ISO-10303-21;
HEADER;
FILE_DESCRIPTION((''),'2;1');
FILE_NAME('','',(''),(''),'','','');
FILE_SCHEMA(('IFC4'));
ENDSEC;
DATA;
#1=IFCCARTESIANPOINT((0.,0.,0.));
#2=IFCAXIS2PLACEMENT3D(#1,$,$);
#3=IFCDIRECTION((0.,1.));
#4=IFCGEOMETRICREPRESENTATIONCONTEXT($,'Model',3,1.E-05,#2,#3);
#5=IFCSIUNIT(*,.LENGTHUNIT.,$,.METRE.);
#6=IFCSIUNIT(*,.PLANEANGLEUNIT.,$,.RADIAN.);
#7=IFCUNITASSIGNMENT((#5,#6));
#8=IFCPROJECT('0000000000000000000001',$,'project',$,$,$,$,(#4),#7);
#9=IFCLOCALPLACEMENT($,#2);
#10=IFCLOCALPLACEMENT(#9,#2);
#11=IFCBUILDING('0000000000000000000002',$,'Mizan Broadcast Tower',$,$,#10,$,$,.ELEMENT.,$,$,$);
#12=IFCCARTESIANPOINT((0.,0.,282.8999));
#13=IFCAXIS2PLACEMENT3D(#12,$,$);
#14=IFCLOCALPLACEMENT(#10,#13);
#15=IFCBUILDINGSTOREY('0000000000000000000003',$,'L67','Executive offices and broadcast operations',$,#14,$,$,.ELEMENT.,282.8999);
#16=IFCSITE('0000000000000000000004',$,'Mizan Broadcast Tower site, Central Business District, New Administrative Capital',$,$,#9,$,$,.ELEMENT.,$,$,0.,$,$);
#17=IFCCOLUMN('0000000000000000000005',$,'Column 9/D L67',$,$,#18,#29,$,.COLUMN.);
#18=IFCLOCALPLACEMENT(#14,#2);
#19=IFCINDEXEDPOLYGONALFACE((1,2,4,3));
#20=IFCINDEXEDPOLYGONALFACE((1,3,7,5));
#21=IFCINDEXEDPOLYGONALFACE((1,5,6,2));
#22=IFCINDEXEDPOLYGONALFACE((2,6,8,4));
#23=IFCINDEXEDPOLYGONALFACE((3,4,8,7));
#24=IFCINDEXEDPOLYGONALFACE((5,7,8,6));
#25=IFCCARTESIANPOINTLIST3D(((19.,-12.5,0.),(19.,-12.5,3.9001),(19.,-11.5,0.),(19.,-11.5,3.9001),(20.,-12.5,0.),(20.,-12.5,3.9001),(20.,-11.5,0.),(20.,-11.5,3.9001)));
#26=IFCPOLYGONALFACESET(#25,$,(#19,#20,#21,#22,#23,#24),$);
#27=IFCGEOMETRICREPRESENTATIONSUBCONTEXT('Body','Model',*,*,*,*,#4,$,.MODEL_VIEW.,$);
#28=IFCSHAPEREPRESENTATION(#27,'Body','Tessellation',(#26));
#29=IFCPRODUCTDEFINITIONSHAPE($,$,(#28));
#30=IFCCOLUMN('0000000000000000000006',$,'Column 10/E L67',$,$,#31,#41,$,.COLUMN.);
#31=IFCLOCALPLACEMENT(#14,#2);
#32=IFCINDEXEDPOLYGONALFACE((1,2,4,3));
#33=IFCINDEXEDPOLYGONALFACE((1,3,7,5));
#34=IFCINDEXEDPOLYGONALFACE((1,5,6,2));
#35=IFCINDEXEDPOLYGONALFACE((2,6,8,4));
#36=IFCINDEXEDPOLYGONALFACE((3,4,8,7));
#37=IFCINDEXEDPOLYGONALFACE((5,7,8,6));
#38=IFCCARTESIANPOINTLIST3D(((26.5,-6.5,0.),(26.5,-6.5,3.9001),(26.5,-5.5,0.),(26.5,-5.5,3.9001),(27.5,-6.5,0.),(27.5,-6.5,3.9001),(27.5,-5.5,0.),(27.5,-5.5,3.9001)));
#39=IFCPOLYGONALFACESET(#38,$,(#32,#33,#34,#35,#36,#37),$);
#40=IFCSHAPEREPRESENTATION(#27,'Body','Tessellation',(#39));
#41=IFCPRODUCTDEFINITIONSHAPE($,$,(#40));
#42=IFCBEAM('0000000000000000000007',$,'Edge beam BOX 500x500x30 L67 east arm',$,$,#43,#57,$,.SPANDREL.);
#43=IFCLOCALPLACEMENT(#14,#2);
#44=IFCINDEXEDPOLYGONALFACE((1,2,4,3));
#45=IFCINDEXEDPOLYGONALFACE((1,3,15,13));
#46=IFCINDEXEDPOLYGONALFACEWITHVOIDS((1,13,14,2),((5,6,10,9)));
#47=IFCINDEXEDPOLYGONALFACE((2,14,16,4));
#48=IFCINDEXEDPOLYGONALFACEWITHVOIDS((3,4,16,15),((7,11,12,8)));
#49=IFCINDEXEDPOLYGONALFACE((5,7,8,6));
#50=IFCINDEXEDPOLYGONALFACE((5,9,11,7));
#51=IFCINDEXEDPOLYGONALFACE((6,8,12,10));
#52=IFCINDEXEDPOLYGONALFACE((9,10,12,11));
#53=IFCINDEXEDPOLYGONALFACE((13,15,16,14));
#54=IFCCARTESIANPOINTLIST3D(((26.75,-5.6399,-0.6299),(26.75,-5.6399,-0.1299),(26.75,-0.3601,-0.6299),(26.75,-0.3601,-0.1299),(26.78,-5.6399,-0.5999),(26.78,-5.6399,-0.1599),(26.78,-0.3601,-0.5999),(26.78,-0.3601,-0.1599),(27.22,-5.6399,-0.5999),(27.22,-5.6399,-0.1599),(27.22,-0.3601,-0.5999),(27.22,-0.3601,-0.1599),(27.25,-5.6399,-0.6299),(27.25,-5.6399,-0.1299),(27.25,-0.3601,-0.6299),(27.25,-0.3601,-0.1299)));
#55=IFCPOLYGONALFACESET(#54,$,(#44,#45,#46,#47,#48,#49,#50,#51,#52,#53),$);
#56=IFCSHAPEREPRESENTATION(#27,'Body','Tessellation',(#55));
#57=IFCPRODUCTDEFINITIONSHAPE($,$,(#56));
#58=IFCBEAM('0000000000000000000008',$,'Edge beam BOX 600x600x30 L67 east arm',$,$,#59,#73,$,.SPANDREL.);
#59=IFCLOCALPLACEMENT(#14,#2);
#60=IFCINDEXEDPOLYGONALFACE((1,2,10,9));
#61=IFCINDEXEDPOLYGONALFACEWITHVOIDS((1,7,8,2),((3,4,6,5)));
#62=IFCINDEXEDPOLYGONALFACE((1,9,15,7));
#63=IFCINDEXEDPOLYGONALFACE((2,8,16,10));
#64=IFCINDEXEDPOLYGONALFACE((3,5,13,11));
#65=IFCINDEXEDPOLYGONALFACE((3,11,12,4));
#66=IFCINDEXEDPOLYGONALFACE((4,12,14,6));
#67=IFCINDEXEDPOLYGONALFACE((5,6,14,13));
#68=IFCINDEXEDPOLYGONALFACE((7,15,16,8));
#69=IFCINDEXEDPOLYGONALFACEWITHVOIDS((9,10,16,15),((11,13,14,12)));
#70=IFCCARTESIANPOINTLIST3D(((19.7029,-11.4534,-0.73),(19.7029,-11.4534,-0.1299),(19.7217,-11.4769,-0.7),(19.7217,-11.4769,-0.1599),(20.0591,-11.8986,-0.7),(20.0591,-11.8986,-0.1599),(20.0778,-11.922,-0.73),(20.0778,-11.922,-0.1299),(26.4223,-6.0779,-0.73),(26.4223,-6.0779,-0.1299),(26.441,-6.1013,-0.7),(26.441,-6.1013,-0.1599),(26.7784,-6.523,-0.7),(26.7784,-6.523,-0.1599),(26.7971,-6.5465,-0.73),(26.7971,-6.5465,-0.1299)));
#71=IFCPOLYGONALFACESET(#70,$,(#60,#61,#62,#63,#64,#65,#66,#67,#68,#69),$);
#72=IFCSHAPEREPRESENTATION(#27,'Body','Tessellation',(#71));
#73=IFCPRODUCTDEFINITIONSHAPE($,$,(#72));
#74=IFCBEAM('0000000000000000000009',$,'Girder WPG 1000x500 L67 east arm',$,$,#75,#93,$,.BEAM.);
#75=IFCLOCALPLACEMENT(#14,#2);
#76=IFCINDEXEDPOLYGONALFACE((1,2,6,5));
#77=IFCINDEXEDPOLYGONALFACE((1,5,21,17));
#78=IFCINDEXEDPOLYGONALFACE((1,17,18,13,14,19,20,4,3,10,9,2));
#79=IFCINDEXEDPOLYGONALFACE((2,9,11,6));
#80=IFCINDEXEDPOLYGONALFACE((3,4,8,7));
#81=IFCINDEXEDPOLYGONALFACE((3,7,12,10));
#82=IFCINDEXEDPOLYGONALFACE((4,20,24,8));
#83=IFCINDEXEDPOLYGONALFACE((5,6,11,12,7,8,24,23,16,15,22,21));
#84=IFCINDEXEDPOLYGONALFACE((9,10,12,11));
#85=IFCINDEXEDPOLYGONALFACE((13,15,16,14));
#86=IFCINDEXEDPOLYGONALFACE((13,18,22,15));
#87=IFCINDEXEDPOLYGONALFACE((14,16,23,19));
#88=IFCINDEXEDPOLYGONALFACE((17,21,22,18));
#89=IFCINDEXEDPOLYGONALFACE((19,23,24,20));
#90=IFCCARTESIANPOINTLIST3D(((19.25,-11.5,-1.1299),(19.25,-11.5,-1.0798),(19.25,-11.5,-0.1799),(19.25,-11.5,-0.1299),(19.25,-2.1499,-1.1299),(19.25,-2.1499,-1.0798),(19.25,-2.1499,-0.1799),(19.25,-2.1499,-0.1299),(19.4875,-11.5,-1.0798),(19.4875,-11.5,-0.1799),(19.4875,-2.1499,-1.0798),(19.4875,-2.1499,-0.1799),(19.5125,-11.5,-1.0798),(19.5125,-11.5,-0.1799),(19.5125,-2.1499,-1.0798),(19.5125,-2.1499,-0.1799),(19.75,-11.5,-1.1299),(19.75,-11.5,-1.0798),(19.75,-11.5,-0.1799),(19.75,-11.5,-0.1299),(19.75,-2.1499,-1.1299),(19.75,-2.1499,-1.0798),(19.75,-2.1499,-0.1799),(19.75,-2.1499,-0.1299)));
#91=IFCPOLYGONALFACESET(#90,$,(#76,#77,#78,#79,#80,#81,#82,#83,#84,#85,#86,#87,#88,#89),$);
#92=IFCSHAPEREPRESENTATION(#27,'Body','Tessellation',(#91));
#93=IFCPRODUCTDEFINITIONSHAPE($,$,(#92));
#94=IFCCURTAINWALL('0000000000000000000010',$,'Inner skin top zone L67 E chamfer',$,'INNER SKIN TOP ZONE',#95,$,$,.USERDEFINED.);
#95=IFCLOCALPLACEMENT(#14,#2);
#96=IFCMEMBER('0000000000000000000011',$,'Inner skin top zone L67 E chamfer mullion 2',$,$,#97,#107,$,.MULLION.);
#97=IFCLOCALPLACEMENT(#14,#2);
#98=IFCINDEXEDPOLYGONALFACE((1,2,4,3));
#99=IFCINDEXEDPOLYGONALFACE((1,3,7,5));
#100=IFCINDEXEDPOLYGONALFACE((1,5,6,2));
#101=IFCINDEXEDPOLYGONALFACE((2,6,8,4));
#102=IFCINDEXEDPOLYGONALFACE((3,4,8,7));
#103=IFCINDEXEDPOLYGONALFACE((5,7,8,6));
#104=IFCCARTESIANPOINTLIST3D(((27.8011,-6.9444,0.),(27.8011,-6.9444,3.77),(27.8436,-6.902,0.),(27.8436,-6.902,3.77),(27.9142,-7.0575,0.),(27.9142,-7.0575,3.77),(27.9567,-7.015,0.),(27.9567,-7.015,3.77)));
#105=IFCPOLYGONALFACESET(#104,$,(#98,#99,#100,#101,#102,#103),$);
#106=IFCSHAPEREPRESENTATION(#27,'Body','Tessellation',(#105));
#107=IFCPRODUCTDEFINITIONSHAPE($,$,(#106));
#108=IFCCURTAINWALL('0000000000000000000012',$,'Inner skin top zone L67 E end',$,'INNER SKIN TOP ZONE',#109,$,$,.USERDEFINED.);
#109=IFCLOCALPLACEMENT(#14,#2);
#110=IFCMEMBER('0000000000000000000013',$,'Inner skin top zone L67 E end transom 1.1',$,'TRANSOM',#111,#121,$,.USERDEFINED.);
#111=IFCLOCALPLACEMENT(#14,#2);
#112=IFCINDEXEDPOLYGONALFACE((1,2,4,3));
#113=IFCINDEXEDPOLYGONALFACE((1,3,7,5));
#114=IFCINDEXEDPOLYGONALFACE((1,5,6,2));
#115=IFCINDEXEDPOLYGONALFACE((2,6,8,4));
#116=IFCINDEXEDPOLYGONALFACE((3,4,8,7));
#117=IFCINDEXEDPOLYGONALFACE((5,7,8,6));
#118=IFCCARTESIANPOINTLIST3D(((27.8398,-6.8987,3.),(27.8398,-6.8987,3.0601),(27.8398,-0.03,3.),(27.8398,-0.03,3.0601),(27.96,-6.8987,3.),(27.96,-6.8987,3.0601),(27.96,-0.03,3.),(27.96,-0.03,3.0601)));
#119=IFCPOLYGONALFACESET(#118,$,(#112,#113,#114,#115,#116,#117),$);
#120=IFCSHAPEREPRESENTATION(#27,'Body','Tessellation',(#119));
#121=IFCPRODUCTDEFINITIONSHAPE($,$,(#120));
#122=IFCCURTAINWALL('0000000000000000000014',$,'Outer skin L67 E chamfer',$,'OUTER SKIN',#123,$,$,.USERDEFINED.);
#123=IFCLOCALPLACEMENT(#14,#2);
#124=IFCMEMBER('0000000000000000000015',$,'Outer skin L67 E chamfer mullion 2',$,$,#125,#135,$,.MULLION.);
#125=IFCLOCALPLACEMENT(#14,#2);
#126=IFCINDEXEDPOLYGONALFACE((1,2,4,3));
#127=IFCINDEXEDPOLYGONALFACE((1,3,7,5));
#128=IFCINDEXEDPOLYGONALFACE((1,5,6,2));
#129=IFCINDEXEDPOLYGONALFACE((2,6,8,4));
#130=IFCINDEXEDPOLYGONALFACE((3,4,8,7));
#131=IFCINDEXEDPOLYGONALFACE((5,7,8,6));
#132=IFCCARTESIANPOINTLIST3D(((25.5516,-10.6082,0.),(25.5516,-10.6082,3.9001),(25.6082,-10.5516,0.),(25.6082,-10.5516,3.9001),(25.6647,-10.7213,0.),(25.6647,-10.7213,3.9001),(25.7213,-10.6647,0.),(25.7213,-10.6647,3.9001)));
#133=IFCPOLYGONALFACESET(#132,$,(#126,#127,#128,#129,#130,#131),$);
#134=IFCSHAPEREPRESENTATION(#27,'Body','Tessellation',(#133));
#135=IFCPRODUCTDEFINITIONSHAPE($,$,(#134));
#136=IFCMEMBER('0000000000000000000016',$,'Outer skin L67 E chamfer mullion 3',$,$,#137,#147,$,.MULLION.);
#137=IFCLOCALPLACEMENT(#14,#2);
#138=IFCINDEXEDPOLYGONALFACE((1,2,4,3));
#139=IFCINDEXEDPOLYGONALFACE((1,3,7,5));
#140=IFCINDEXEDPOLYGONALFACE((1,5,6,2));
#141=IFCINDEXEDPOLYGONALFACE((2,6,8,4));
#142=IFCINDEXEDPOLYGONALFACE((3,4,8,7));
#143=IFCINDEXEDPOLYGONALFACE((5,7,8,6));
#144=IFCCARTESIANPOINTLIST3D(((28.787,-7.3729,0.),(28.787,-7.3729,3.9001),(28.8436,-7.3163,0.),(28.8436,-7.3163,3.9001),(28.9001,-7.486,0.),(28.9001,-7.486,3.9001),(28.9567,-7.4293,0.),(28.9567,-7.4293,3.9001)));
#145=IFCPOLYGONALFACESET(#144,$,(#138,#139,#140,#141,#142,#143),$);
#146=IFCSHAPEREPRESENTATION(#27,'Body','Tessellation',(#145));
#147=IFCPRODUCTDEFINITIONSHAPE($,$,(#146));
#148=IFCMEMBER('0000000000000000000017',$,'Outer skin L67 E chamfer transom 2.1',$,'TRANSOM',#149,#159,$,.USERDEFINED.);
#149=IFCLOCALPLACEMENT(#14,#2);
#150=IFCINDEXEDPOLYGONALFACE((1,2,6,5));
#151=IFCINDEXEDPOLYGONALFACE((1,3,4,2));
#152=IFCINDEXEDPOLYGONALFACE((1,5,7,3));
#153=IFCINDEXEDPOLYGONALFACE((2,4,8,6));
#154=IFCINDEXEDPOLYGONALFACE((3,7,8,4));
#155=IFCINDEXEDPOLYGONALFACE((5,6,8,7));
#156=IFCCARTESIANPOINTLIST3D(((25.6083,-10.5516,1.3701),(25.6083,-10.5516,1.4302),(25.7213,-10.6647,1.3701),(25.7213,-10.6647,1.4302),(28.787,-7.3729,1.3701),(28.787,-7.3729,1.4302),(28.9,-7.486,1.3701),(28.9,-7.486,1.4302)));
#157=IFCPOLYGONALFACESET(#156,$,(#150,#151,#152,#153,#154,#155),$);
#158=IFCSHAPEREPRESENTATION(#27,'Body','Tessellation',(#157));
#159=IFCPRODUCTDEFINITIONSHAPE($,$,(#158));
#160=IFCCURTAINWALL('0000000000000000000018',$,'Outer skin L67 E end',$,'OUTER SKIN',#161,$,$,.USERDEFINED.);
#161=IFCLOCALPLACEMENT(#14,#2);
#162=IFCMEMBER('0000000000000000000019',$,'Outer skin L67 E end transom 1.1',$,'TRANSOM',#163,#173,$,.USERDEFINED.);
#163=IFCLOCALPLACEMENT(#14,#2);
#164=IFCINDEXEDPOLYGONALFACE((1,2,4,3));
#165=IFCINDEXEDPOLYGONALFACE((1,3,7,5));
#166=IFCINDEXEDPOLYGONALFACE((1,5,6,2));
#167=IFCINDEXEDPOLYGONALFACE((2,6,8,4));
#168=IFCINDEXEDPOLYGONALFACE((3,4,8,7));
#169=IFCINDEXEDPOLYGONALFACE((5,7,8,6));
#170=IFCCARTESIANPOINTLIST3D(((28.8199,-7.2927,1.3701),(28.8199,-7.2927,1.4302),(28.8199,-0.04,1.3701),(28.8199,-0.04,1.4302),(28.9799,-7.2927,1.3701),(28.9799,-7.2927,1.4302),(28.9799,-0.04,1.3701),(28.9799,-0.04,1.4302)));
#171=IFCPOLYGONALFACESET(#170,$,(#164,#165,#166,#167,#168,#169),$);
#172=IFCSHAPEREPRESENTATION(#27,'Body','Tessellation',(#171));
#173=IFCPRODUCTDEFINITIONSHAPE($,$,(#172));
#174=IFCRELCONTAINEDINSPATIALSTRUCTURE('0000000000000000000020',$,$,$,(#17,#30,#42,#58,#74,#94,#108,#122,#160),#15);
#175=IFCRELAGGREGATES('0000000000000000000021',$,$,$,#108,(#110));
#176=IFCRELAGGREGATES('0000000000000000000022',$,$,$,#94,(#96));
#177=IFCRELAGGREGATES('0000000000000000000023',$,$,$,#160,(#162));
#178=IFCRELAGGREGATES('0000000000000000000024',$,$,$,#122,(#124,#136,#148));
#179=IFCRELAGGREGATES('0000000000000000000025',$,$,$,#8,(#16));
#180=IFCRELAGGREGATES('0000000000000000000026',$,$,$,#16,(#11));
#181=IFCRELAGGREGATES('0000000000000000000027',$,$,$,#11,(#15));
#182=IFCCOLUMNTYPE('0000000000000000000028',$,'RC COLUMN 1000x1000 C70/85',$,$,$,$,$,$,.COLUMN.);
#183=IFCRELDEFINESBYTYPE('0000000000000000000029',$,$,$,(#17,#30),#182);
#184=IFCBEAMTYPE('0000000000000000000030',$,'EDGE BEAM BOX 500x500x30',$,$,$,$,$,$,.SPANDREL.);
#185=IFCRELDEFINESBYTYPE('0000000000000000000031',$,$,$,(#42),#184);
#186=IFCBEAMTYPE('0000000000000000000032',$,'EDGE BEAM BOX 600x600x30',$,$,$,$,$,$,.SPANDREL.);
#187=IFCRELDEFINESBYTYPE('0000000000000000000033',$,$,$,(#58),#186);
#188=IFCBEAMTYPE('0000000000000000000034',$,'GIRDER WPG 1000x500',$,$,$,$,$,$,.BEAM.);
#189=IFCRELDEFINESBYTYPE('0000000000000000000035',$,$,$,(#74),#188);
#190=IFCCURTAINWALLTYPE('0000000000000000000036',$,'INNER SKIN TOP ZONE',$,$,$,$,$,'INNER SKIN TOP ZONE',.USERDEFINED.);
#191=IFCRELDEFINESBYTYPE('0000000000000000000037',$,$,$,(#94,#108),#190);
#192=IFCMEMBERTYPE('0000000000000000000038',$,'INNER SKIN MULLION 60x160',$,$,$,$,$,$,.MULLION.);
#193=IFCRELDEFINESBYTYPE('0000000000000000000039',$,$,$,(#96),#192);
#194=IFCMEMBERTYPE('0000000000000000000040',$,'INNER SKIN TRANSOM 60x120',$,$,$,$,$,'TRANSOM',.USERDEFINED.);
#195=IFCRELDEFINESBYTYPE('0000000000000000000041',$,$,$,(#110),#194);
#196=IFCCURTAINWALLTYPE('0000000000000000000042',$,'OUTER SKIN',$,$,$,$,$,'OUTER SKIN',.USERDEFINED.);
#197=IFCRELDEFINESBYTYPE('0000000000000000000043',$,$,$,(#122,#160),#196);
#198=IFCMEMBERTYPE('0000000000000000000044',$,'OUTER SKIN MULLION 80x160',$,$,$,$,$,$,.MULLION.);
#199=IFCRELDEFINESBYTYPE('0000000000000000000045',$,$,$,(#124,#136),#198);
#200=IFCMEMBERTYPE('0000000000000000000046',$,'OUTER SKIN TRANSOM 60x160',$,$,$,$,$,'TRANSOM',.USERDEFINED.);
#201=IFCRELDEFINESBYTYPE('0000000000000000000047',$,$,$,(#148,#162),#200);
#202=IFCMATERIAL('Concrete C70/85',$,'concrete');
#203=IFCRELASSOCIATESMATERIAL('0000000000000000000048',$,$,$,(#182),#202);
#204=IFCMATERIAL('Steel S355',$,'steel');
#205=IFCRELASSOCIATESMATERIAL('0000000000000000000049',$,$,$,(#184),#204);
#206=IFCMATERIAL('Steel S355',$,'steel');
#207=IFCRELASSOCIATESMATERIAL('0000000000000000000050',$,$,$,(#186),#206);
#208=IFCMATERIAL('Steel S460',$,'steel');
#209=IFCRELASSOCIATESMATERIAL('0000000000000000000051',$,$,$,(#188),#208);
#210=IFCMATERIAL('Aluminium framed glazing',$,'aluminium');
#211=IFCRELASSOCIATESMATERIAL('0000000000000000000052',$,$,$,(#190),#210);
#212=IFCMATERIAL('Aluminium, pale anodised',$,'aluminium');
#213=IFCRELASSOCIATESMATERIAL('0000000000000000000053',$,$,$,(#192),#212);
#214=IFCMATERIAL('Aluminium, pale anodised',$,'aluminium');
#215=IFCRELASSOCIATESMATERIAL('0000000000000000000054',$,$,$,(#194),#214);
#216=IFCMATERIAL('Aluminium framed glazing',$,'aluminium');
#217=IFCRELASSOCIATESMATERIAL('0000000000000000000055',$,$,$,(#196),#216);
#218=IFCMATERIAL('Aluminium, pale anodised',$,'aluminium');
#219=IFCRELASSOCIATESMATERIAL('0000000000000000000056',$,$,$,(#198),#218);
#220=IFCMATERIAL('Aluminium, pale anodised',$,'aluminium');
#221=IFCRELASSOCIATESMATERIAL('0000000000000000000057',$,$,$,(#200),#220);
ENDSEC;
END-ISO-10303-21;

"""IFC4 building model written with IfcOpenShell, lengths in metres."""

from ifc_helpers import new_model, si_unit, direction, frame, origin, origin_2d, place, context, subcontext, project, spatial, rectangle, hollow_rectangle, i_section, extrude, material, material_profile, profile_set, type_object, element, aggregate, save


model = new_model("IFC4")

# Units and contexts
model_context = context("Model", 3, precision=1e-05, world=origin(), true_north=direction((0.0, 1.0)))
body_context = subcontext(model_context, "Body", "Model", "MODEL_VIEW")
ifc_project = project(units=[si_unit("LENGTHUNIT", "METRE"), si_unit("PLANEANGLEUNIT", "RADIAN")], contexts=[model_context])

# Site, building, storey
site_placement = place(None, origin())
site = spatial("IfcSite", under=ifc_project, at=site_placement, Name="Mizan Broadcast Tower site, Central Business District, New Administrative Capital", CompositionType="ELEMENT", RefElevation=0.0)
building_placement = place(site_placement, origin())
building = spatial("IfcBuilding", under=site, at=building_placement, Name="Mizan Broadcast Tower", CompositionType="ELEMENT")
storey_placement = place(building_placement, frame((0.0, 0.0, 282.8999)))
storey = spatial("IfcBuildingStorey", under=building, at=storey_placement, Name="L67", Description="Executive offices and broadcast operations", CompositionType="ELEMENT", Elevation=282.8999)

# Columns
ifc_material_1 = material(Name="Concrete C70/85", Category="concrete")
ifc_material_profile_1 = material_profile(ifc_material_1, rectangle(XDim=1.0, YDim=1.0, at=origin_2d()), Name="RC 1000x1000")
ifc_profile_set_1 = profile_set([ifc_material_profile_1], Name="Concrete C70/85")
column_type = type_object("IfcColumnType", Name="RC COLUMN 1000x1000 C70/85", PredefinedType="COLUMN", material=ifc_profile_set_1)
for number, where, z_axis, x_axis, name in (
    (1, (19.5, -12.0, 0.0), (0.0, 0.0, 1.0), (1.0, 0.0, 0.0), "Column 9/D L67"),
    (2, (27.0, -6.0, 0.0), (0.0, 0.0, 1.0), (1.0, 0.0, 0.0), "Column 10/E L67"),
):
    element("IfcColumn", number, at=place(storey_placement, frame(where, z_axis=z_axis, x_axis=x_axis)), inside=storey, type_object=column_type, Name=name, PredefinedType="COLUMN", context=body_context, shape_type="SweptSolid", body=[
        extrude(rectangle(XDim=1.0, YDim=1.0, at=origin_2d()), origin(), (0.0, 0.0, 1.0), 3.9001),
    ])

# Beams
ifc_material_2 = material(Name="Steel S355", Category="steel")
ifc_material_profile_2 = material_profile(ifc_material_2, hollow_rectangle(XDim=0.5, YDim=0.5, WallThickness=0.03, at=origin_2d()), Name="BOX 500x500x30")
ifc_profile_set_2 = profile_set([ifc_material_profile_2], Name="Steel S355")
beam_type_1 = type_object("IfcBeamType", Name="EDGE BEAM BOX 500x500x30", PredefinedType="SPANDREL", material=ifc_profile_set_2)
beam_1_placement = place(storey_placement, frame((27.0, -5.6399, -0.3799), z_axis=(0.0, 1.0, 0.0), x_axis=(-1.0, 0.0, 0.0)))
element("IfcBeam", 3, at=beam_1_placement, inside=storey, type_object=beam_type_1, Name="Edge beam BOX 500x500x30 L67 east arm", PredefinedType="SPANDREL", context=body_context, shape_type="SweptSolid", body=[
    extrude(hollow_rectangle(XDim=0.5, YDim=0.5, WallThickness=0.03, at=origin_2d()), origin(), (0.0, 0.0, 1.0), 5.2798),
])
ifc_material_3 = material(Name="Steel S355", Category="steel")
ifc_material_profile_3 = material_profile(ifc_material_3, hollow_rectangle(XDim=0.6001, YDim=0.6001, WallThickness=0.03, at=origin_2d()), Name="BOX 600x600x30")
ifc_profile_set_3 = profile_set([ifc_material_profile_3], Name="Steel S355")
beam_type_2 = type_object("IfcBeamType", Name="EDGE BEAM BOX 600x600x30", PredefinedType="SPANDREL", material=ifc_profile_set_3)
beam_2_placement = place(storey_placement, frame((19.8904, -11.6877, -0.4299), z_axis=(0.780863, 0.624702, 0.0), x_axis=(-0.624702, 0.780863, 0.0)))
element("IfcBeam", 4, at=beam_2_placement, inside=storey, type_object=beam_type_2, Name="Edge beam BOX 600x600x30 L67 east arm", PredefinedType="SPANDREL", context=body_context, shape_type="SweptSolid", body=[
    extrude(hollow_rectangle(XDim=0.6001, YDim=0.6001, WallThickness=0.03, at=origin_2d()), origin(), (0.0, 0.0, 1.0), 8.605),
])
ifc_material_4 = material(Name="Steel S460", Category="steel")
ifc_material_profile_4 = material_profile(ifc_material_4, i_section(OverallWidth=0.5, OverallDepth=1.0, WebThickness=0.0249, FlangeThickness=0.05, at=origin_2d()), Name="WPG 1000x500")
ifc_profile_set_4 = profile_set([ifc_material_profile_4], Name="Steel S460")
beam_type_3 = type_object("IfcBeamType", Name="GIRDER WPG 1000x500", PredefinedType="BEAM", material=ifc_profile_set_4)
beam_3_placement = place(storey_placement, frame((19.5, -11.5, -0.6299), z_axis=(0.0, 1.0, 0.0), x_axis=(-1.0, 0.0, 0.0)))
element("IfcBeam", 5, at=beam_3_placement, inside=storey, type_object=beam_type_3, Name="Girder WPG 1000x500 L67 east arm", PredefinedType="BEAM", context=body_context, shape_type="SweptSolid", body=[
    extrude(i_section(OverallWidth=0.5, OverallDepth=1.0, WebThickness=0.0249, FlangeThickness=0.05, at=origin_2d()), origin(), (0.0, 0.0, 1.0), 9.3501),
])

# Curtain walls, members
ifc_material_5 = material(Name="Aluminium framed glazing", Category="aluminium")
curtain_wall_type_1 = type_object("IfcCurtainWallType", Name="INNER SKIN TOP ZONE", ElementType="INNER SKIN TOP ZONE", PredefinedType="USERDEFINED", material=ifc_material_5)
curtain_wall_1_placement = place(storey_placement, origin())
curtain_wall_1 = element("IfcCurtainWall", 6, at=curtain_wall_1_placement, inside=storey, type_object=curtain_wall_type_1, Name="Inner skin top zone L67 E chamfer", ObjectType="INNER SKIN TOP ZONE", PredefinedType="USERDEFINED")
ifc_material_6 = material(Name="Aluminium, pale anodised", Category="aluminium")
ifc_material_profile_5 = material_profile(ifc_material_6, rectangle(XDim=0.1599, YDim=0.0601, at=origin_2d()), Name="MULLION 160x60")
ifc_profile_set_5 = profile_set([ifc_material_profile_5], Name="Aluminium, pale anodised")
member_type_1 = type_object("IfcMemberType", Name="INNER SKIN MULLION 60x160", PredefinedType="MULLION", material=ifc_profile_set_5)
member_1_placement = place(storey_placement, frame((27.8789, -6.9797, 0.0), z_axis=(0.0, 0.0, 1.0), x_axis=(-0.707107, 0.707107, 0.0)))
member_1 = element("IfcMember", 7, at=member_1_placement, type_object=member_type_1, Name="Inner skin top zone L67 E chamfer mullion 2", PredefinedType="MULLION", context=body_context, shape_type="SweptSolid", body=[
    extrude(rectangle(XDim=0.1599, YDim=0.0601, at=origin_2d()), origin(), (0.0, 0.0, 1.0), 3.77),
])
curtain_wall_2_placement = place(storey_placement, origin())
curtain_wall_2 = element("IfcCurtainWall", 8, at=curtain_wall_2_placement, inside=storey, type_object=curtain_wall_type_1, Name="Inner skin top zone L67 E end", ObjectType="INNER SKIN TOP ZONE", PredefinedType="USERDEFINED")
ifc_material_7 = material(Name="Aluminium, pale anodised", Category="aluminium")
ifc_material_profile_6 = material_profile(ifc_material_7, rectangle(XDim=0.1201, YDim=0.0601, at=origin_2d()), Name="TRANSOM 120x60")
ifc_profile_set_6 = profile_set([ifc_material_profile_6], Name="Aluminium, pale anodised")
member_type_2 = type_object("IfcMemberType", Name="INNER SKIN TRANSOM 60x120", ElementType="TRANSOM", PredefinedType="USERDEFINED", material=ifc_profile_set_6)
member_2_placement = place(storey_placement, frame((27.8999, -6.8987, 3.03), z_axis=(0.0, 1.0, 0.0), x_axis=(-1.0, 0.0, 0.0)))
member_2 = element("IfcMember", 9, at=member_2_placement, type_object=member_type_2, Name="Inner skin top zone L67 E end transom 1.1", ObjectType="TRANSOM", PredefinedType="USERDEFINED", context=body_context, shape_type="SweptSolid", body=[
    extrude(rectangle(XDim=0.1201, YDim=0.0601, at=origin_2d()), origin(), (0.0, 0.0, 1.0), 6.8687),
])
aggregate(curtain_wall_2, [member_2])

# Curtain wall, members
ifc_material_8 = material(Name="Aluminium framed glazing", Category="aluminium")
curtain_wall_type_2 = type_object("IfcCurtainWallType", Name="OUTER SKIN", ElementType="OUTER SKIN", PredefinedType="USERDEFINED", material=ifc_material_8)
curtain_wall_3_placement = place(storey_placement, origin())
curtain_wall_3 = element("IfcCurtainWall", 10, at=curtain_wall_3_placement, inside=storey, type_object=curtain_wall_type_2, Name="Outer skin L67 E chamfer", ObjectType="OUTER SKIN", PredefinedType="USERDEFINED")
ifc_material_9 = material(Name="Aluminium, pale anodised", Category="aluminium")
ifc_material_profile_7 = material_profile(ifc_material_9, rectangle(XDim=0.1599, YDim=0.0801, at=origin_2d()), Name="MULLION 160x80")
ifc_profile_set_7 = profile_set([ifc_material_profile_7], Name="Aluminium, pale anodised")
member_type_3 = type_object("IfcMemberType", Name="OUTER SKIN MULLION 80x160", PredefinedType="MULLION", material=ifc_profile_set_7)
member_3_placement = place(storey_placement, frame((25.6365, -10.6365, 0.0), z_axis=(0.0, 0.0, 1.0), x_axis=(-0.707107, 0.707107, 0.0)))
member_3 = element("IfcMember", 11, at=member_3_placement, type_object=member_type_3, Name="Outer skin L67 E chamfer mullion 2", PredefinedType="MULLION", context=body_context, shape_type="SweptSolid", body=[
    extrude(rectangle(XDim=0.1599, YDim=0.0801, at=origin_2d()), origin(), (0.0, 0.0, 1.0), 3.9001),
])
member_4_placement = place(storey_placement, frame((28.8718, -7.4011, 0.0), z_axis=(0.0, 0.0, 1.0), x_axis=(-0.707107, 0.707107, 0.0)))
member_4 = element("IfcMember", 12, at=member_4_placement, type_object=member_type_3, Name="Outer skin L67 E chamfer mullion 3", PredefinedType="MULLION", context=body_context, shape_type="SweptSolid", body=[
    extrude(rectangle(XDim=0.1599, YDim=0.0801, at=origin_2d()), origin(), (0.0, 0.0, 1.0), 3.9001),
])
ifc_material_10 = material(Name="Aluminium, pale anodised", Category="aluminium")
ifc_material_profile_8 = material_profile(ifc_material_10, rectangle(XDim=0.1599, YDim=0.0601, at=origin_2d()), Name="TRANSOM 160x60")
ifc_profile_set_8 = profile_set([ifc_material_profile_8], Name="Aluminium, pale anodised")
member_type_4 = type_object("IfcMemberType", Name="OUTER SKIN TRANSOM 60x160", ElementType="TRANSOM", PredefinedType="USERDEFINED", material=ifc_profile_set_8)
member_5_placement = place(storey_placement, frame((25.6648, -10.6082, 1.4001), z_axis=(0.707107, 0.707107, 0.0), x_axis=(-0.707107, 0.707107, 0.0)))
member_5 = element("IfcMember", 13, at=member_5_placement, type_object=member_type_4, Name="Outer skin L67 E chamfer transom 2.1", ObjectType="TRANSOM", PredefinedType="USERDEFINED", context=body_context, shape_type="SweptSolid", body=[
    extrude(rectangle(XDim=0.1599, YDim=0.0601, at=origin_2d()), origin(), (0.0, 0.0, 1.0), 4.4954),
])

# Curtain wall, member
curtain_wall_4_placement = place(storey_placement, origin())
curtain_wall_4 = element("IfcCurtainWall", 14, at=curtain_wall_4_placement, inside=storey, type_object=curtain_wall_type_2, Name="Outer skin L67 E end", ObjectType="OUTER SKIN", PredefinedType="USERDEFINED")
member_6_placement = place(storey_placement, frame((28.8999, -7.2927, 1.4001), z_axis=(0.0, 1.0, 0.0), x_axis=(-1.0, 0.0, 0.0)))
member_6 = element("IfcMember", 15, at=member_6_placement, type_object=member_type_4, Name="Outer skin L67 E end transom 1.1", ObjectType="TRANSOM", PredefinedType="USERDEFINED", context=body_context, shape_type="SweptSolid", body=[
    extrude(rectangle(XDim=0.1599, YDim=0.0601, at=origin_2d()), origin(), (0.0, 0.0, 1.0), 7.2527),
])

aggregate(curtain_wall_1, [member_1])
aggregate(curtain_wall_4, [member_6])
aggregate(curtain_wall_3, [member_3, member_4, member_5])

save(model, "model.ifc")
